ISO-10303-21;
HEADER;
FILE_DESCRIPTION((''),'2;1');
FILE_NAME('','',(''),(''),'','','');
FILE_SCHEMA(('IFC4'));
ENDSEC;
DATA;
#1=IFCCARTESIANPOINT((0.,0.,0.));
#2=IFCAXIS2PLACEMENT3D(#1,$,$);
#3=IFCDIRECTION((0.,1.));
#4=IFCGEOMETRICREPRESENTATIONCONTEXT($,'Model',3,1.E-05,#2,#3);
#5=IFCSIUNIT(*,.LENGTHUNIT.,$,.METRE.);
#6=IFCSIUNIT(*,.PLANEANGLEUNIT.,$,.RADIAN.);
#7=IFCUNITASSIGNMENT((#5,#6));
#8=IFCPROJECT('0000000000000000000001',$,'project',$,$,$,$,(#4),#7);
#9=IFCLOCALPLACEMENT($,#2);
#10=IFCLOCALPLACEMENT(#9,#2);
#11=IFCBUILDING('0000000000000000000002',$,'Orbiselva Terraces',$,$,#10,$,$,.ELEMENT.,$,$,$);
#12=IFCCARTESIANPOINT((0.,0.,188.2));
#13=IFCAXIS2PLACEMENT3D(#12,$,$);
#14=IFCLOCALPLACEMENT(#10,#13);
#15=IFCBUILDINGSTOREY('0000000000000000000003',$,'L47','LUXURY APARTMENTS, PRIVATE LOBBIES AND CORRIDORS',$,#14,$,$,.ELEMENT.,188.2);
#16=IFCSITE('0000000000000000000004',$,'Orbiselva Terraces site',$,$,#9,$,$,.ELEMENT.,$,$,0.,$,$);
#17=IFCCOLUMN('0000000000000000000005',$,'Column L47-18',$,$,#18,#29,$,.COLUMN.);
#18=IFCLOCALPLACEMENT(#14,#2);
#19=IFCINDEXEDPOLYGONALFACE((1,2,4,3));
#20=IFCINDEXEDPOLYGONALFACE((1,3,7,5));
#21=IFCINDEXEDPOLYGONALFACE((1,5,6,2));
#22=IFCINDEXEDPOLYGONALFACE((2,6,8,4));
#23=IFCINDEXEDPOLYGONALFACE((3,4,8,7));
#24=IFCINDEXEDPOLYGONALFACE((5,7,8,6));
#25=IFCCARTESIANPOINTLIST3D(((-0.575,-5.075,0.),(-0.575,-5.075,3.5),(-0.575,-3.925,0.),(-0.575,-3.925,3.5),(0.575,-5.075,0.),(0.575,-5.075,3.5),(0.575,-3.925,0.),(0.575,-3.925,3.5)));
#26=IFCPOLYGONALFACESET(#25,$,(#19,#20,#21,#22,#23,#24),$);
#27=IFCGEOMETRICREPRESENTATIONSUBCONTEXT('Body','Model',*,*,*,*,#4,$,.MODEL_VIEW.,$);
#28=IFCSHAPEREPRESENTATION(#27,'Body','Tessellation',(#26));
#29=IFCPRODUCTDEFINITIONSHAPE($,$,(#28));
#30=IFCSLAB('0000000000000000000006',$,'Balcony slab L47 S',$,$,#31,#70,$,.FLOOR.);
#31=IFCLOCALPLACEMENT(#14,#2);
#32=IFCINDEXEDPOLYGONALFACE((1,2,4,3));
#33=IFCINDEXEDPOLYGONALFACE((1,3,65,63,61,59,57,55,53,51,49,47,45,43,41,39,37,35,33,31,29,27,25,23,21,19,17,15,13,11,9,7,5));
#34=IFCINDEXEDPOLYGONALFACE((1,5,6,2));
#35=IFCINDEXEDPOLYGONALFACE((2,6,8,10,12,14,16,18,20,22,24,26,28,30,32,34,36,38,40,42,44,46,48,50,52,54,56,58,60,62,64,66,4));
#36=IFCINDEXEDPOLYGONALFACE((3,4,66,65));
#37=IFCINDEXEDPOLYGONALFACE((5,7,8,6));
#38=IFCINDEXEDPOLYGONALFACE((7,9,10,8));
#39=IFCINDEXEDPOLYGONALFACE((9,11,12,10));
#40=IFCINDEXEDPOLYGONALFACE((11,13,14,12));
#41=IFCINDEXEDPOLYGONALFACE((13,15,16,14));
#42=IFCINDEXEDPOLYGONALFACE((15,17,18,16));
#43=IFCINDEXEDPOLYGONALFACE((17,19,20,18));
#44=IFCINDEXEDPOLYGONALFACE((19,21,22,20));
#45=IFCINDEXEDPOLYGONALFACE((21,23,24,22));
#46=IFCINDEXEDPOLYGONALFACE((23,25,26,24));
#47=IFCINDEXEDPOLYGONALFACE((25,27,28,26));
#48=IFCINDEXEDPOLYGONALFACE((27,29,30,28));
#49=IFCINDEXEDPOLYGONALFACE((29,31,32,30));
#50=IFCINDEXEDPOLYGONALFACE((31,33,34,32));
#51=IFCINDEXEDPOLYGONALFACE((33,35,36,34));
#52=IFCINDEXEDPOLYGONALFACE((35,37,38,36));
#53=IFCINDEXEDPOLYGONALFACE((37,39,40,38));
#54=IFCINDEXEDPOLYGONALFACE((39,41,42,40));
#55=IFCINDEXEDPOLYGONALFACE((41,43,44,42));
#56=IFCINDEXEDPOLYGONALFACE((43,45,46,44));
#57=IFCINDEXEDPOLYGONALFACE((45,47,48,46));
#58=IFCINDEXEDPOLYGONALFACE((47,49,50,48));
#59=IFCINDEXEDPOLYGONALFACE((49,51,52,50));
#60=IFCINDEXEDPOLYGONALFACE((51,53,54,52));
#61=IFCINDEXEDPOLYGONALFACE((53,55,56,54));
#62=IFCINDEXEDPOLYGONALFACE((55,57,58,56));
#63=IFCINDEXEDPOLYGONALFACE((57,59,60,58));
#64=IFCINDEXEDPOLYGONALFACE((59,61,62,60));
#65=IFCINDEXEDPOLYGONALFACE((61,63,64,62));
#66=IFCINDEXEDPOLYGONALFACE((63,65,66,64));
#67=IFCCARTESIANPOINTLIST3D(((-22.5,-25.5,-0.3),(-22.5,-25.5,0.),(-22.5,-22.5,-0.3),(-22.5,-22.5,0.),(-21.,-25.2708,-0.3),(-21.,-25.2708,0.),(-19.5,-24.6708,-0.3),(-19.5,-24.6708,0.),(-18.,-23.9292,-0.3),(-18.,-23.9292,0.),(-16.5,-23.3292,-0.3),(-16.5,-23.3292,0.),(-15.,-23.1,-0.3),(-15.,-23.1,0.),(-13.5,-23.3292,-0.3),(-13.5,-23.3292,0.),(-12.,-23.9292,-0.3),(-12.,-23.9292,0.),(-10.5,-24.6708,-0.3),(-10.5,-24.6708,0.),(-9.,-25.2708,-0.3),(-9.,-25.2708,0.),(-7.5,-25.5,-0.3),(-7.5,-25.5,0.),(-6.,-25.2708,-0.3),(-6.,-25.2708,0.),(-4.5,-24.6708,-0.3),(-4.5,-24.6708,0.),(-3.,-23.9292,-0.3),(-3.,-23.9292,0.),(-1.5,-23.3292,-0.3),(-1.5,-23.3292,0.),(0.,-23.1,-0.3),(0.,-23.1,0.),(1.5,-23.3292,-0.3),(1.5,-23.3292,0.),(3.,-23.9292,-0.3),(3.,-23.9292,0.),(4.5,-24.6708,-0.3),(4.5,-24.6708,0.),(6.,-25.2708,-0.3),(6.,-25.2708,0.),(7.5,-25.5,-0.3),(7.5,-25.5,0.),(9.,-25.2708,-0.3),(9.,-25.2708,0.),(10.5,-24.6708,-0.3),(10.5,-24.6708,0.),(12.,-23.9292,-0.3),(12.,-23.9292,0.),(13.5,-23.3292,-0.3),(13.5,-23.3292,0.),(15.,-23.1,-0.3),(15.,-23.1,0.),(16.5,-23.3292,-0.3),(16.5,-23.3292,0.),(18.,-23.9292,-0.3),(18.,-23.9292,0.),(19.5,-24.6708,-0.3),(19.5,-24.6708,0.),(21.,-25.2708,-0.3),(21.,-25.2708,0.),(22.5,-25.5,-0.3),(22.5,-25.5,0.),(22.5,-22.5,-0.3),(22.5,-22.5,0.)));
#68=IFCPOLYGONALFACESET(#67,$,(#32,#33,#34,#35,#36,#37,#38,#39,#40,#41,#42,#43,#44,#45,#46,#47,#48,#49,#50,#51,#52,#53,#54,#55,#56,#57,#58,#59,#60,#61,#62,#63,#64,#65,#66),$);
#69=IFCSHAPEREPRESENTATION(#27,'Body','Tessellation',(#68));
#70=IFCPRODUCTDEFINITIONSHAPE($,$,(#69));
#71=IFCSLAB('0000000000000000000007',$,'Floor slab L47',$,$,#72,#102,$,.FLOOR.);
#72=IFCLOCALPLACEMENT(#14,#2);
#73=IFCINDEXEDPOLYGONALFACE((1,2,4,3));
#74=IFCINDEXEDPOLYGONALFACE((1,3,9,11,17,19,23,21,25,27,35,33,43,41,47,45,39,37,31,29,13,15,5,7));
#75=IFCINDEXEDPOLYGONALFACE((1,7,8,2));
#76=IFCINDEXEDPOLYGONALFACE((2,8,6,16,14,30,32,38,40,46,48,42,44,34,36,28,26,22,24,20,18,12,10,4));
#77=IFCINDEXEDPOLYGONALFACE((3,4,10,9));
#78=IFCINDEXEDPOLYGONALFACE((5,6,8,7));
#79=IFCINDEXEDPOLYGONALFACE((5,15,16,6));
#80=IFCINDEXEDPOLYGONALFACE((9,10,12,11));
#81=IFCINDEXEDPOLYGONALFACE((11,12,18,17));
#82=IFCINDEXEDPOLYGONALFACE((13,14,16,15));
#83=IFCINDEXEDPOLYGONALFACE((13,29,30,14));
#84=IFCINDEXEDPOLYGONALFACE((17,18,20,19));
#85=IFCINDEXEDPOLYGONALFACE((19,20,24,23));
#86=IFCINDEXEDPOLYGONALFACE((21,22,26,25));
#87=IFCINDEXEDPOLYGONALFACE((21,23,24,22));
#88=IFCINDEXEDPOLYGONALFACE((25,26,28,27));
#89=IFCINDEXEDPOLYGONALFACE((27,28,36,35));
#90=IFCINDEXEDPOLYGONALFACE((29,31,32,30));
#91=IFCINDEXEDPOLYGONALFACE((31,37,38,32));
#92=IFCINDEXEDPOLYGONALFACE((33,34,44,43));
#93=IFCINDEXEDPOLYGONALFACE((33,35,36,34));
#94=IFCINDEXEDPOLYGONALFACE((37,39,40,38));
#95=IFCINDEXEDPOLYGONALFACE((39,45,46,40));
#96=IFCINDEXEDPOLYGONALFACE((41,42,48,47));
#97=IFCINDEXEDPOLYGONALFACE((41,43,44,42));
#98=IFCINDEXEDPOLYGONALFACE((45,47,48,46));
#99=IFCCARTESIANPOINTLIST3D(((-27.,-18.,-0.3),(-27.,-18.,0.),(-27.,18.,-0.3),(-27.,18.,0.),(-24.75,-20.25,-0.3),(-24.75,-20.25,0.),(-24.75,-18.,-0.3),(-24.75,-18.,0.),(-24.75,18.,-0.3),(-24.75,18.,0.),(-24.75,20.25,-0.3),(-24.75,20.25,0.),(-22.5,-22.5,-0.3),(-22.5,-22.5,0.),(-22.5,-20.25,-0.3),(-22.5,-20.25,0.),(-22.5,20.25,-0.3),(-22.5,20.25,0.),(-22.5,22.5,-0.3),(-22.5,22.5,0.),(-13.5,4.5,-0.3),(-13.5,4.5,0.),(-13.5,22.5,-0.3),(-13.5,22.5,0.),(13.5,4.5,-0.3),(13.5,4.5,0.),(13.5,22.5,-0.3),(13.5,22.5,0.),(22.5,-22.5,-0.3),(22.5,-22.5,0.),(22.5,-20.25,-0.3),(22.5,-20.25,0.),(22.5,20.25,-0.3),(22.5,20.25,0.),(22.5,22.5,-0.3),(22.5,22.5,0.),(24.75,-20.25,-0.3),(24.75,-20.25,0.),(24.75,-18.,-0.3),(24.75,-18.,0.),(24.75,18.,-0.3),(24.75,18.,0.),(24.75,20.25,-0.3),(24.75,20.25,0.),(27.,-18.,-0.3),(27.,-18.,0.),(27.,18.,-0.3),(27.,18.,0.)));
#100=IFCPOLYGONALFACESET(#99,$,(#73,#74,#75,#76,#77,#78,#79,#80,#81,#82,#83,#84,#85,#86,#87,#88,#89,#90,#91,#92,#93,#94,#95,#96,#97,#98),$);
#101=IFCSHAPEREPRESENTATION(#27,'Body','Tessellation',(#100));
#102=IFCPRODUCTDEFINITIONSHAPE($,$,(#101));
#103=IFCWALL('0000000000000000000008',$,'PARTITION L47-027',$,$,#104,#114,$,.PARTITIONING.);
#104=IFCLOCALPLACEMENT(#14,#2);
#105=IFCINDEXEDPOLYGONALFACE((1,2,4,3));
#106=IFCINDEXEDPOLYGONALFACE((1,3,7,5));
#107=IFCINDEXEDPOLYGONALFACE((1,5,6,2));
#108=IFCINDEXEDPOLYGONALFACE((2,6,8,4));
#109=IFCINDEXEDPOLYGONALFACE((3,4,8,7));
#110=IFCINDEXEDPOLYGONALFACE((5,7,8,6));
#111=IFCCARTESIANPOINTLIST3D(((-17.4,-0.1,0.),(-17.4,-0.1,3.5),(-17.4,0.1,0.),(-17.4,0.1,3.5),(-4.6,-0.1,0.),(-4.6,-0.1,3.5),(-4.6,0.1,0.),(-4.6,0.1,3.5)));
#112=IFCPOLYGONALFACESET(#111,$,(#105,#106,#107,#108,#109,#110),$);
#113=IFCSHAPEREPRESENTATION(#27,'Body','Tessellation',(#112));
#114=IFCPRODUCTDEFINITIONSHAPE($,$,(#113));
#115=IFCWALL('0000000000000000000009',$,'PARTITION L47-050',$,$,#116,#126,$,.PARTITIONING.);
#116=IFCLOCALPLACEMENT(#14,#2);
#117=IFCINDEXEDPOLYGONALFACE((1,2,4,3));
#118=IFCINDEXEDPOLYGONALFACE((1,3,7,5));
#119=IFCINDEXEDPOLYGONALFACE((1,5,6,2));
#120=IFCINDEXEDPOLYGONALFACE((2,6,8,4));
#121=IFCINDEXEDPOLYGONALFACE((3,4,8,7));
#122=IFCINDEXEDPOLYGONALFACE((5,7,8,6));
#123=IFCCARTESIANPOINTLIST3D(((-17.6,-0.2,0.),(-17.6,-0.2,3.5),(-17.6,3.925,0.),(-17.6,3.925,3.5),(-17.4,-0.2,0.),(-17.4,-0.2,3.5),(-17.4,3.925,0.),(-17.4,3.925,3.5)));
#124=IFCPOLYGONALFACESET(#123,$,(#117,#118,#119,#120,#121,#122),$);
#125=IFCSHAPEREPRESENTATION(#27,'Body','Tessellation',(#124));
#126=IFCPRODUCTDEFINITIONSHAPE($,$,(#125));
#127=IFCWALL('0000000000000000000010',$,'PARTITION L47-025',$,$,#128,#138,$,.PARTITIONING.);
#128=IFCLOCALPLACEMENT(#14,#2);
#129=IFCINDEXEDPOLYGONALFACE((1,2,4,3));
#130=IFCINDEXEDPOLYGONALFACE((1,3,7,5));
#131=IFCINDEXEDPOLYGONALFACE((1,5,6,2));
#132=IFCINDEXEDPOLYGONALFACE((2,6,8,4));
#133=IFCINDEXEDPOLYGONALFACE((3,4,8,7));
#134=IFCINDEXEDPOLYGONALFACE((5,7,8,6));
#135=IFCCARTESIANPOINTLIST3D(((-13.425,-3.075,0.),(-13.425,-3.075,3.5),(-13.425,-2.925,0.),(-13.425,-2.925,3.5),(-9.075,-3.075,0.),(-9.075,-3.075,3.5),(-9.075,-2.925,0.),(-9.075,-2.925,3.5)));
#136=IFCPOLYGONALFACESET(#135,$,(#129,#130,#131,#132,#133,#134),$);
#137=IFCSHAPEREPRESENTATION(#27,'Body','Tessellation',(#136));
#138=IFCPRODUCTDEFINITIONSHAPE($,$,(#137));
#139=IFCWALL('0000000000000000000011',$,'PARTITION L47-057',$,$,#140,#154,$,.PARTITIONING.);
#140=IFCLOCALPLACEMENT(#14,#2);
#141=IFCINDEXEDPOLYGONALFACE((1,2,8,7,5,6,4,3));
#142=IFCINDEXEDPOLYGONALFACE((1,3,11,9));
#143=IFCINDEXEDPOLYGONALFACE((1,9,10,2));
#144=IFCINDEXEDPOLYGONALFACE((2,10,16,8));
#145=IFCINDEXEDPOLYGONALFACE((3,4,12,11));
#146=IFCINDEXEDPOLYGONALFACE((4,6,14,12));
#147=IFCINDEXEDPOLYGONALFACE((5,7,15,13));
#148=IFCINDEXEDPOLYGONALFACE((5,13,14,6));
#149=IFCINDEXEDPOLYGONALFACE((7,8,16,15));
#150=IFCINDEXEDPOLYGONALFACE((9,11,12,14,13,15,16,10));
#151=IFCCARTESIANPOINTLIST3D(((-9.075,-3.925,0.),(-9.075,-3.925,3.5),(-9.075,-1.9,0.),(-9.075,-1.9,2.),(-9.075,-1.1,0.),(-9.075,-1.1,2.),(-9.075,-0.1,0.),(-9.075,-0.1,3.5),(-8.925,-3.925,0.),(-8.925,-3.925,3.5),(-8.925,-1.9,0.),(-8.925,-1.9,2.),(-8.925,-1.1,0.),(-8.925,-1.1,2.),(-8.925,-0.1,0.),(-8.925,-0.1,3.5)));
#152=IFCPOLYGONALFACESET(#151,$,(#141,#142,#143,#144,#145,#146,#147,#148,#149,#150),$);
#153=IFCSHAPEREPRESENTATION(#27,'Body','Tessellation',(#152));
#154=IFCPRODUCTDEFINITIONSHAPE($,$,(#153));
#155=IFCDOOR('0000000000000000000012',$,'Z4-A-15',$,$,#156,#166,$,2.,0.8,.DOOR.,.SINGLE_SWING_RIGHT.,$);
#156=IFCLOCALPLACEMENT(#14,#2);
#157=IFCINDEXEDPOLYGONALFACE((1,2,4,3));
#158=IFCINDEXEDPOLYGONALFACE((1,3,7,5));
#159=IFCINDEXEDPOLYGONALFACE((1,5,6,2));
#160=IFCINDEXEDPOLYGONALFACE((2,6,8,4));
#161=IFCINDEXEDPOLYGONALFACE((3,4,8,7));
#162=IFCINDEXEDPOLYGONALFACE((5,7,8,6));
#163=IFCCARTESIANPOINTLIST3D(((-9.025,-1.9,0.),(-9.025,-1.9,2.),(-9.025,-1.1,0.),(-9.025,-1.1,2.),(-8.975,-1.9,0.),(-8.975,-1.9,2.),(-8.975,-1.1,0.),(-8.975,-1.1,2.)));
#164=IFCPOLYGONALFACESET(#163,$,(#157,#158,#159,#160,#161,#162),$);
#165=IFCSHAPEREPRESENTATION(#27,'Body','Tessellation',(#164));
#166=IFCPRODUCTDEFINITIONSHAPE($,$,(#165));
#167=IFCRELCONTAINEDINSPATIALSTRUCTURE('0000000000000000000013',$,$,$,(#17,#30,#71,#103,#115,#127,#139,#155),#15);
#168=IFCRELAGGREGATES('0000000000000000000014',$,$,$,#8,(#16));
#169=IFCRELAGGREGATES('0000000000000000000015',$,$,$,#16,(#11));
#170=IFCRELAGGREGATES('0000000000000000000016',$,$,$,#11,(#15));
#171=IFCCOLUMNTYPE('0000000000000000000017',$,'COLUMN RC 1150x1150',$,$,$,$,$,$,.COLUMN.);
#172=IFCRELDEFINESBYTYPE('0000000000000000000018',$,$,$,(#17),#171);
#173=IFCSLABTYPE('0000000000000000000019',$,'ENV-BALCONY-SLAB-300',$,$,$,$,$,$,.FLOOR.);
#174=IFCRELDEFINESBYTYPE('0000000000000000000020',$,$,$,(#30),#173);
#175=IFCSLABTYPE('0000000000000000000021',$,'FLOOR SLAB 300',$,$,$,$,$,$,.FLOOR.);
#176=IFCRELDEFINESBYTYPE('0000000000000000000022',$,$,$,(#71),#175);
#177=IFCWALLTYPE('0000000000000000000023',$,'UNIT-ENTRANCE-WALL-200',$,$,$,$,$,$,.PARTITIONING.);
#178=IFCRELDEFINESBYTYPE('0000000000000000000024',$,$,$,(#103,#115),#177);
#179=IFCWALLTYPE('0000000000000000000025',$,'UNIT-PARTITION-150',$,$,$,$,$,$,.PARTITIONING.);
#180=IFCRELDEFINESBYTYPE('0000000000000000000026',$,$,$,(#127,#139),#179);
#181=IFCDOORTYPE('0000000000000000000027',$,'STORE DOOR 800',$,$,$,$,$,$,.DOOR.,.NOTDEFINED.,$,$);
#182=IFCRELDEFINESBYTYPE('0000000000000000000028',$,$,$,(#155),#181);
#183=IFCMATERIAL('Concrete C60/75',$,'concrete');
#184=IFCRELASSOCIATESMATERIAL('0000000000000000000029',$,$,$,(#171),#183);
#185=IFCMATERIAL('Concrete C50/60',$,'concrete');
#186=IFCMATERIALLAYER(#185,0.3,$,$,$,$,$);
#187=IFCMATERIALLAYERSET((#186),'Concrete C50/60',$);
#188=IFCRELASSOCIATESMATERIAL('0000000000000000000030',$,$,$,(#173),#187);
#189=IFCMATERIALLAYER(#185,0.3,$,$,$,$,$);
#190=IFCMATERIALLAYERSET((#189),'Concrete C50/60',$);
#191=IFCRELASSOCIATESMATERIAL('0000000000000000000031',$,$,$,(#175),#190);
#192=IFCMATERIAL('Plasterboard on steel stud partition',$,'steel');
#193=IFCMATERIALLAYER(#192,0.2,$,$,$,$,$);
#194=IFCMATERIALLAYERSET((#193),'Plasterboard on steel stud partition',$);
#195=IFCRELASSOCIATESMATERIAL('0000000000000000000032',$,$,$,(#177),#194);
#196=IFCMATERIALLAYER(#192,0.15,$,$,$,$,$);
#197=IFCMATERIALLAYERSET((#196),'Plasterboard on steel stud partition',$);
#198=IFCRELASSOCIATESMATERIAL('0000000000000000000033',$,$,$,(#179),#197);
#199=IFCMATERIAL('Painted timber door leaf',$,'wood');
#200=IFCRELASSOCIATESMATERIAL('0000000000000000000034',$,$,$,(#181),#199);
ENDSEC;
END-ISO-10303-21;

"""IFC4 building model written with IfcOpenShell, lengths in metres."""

from ifc_helpers import new_model, si_unit, direction, frame, frame_2d, origin, origin_2d, place, context, subcontext, project, spatial, polyline, rectangle, outline, extrude, material, layer, layer_set, material_profile, profile_set, type_object, element, fill, save


model = new_model("IFC4")

# Units and contexts
model_context = context("Model", 3, precision=1e-05, world=origin(), true_north=direction((0.0, 1.0)))
body_context = subcontext(model_context, "Body", "Model", "MODEL_VIEW")
ifc_project = project(units=[si_unit("LENGTHUNIT", "METRE"), si_unit("PLANEANGLEUNIT", "RADIAN")], contexts=[model_context])

# Site, building, storey
site_placement = place(None, origin())
site = spatial("IfcSite", under=ifc_project, at=site_placement, Name="Orbiselva Terraces site", CompositionType="ELEMENT", RefElevation=0.0)
building_placement = place(site_placement, origin())
building = spatial("IfcBuilding", under=site, at=building_placement, Name="Orbiselva Terraces", CompositionType="ELEMENT")
storey_placement = place(building_placement, frame((0.0, 0.0, 188.2)))
storey = spatial("IfcBuildingStorey", under=building, at=storey_placement, Name="L47", Description="LUXURY APARTMENTS, PRIVATE LOBBIES AND CORRIDORS", CompositionType="ELEMENT", Elevation=188.2)

# Column
ifc_material_1 = material(Name="Concrete C60/75", Category="concrete")
ifc_material_profile = material_profile(ifc_material_1, rectangle(XDim=1.15, YDim=1.15, at=origin_2d()), Name="RC 1150x1150")
ifc_profile_set = profile_set([ifc_material_profile], Name="Concrete C60/75")
column_type = type_object("IfcColumnType", Name="COLUMN RC 1150x1150", PredefinedType="COLUMN", material=ifc_profile_set)
column_placement = place(storey_placement, frame((0.0, -4.5, 0.0), z_axis=(0.0, 0.0, 1.0), x_axis=(1.0, 0.0, 0.0)))
element("IfcColumn", 1, at=column_placement, inside=storey, type_object=column_type, Name="Column L47-18", PredefinedType="COLUMN", context=body_context, shape_type="SweptSolid", body=[
    extrude(rectangle(XDim=1.15, YDim=1.15, at=origin_2d()), origin(), (0.0, 0.0, 1.0), 3.5),
])

# Slabs
ifc_material_2 = material(Name="Concrete C50/60", Category="concrete")
ifc_layer_1 = layer(ifc_material_2, 0.3)
ifc_layer_set_1 = layer_set([ifc_layer_1], Name="Concrete C50/60")
slab_type_1 = type_object("IfcSlabType", Name="ENV-BALCONY-SLAB-300", PredefinedType="FLOOR", material=ifc_layer_set_1)
slab_1_placement = place(storey_placement, frame((0.0, 0.0, -0.3)))
element("IfcSlab", 2, at=slab_1_placement, inside=storey, type_object=slab_type_1, Name="Balcony slab L47 S", PredefinedType="FLOOR", context=body_context, shape_type="SweptSolid", body=[
    extrude(outline(polyline([(-22.5, -25.5), (-21.0, -25.2708), (-19.5, -24.6708), (-18.0, -23.9292), (-16.5, -23.3292), (-15.0, -23.1), (-13.5, -23.3292), (-12.0, -23.9292), (-10.5, -24.6708), (-9.0, -25.2708), (-7.5, -25.5), (-6.0, -25.2708), (-4.5, -24.6708), (-3.0, -23.9292), (-1.5, -23.3292), (0.0, -23.1), (1.5, -23.3292), (3.0, -23.9292), (4.5, -24.6708), (6.0, -25.2708), (7.5, -25.5), (9.0, -25.2708), (10.5, -24.6708), (12.0, -23.9292), (13.5, -23.3292), (15.0, -23.1), (16.5, -23.3292), (18.0, -23.9292), (19.5, -24.6708), (21.0, -25.2708), (22.5, -25.5), (22.5, -22.5), (-22.5, -22.5), (-22.5, -25.5)])), origin(), (0.0, 0.0, 1.0), 0.3),
])
ifc_layer_2 = layer(ifc_material_2, 0.3)
ifc_layer_set_2 = layer_set([ifc_layer_2], Name="Concrete C50/60")
slab_type_2 = type_object("IfcSlabType", Name="FLOOR SLAB 300", PredefinedType="FLOOR", material=ifc_layer_set_2)
slab_2_placement = place(storey_placement, frame((0.0, 0.0, -0.3)))
element("IfcSlab", 3, at=slab_2_placement, inside=storey, type_object=slab_type_2, Name="Floor slab L47", PredefinedType="FLOOR", context=body_context, shape_type="SweptSolid", body=[
    extrude(outline(polyline([(22.5, 22.5), (22.5, 20.25), (24.75, 20.25), (24.75, 18.0), (27.0, 18.0), (27.0, -18.0), (24.75, -18.0), (24.75, -20.25), (22.5, -20.25), (22.5, -22.5), (-22.5, -22.5), (-22.5, -20.25), (-24.75, -20.25), (-24.75, -18.0), (-27.0, -18.0), (-27.0, 18.0), (-24.75, 18.0), (-24.75, 20.25), (-22.5, 20.25), (-22.5, 22.5), (-13.5, 22.5), (-13.5, 4.5), (13.5, 4.5), (13.5, 22.5), (22.5, 22.5)])), origin(), (0.0, 0.0, 1.0), 0.3),
])

# Walls
ifc_material_3 = material(Name="Plasterboard on steel stud partition", Category="steel")
ifc_layer_3 = layer(ifc_material_3, 0.2)
ifc_layer_set_3 = layer_set([ifc_layer_3], Name="Plasterboard on steel stud partition")
wall_type_1 = type_object("IfcWallType", Name="UNIT-ENTRANCE-WALL-200", PredefinedType="PARTITIONING", material=ifc_layer_set_3)
wall_1_placement = place(storey_placement, frame((-17.4, 0.0, 0.0), z_axis=(0.0, 0.0, 1.0), x_axis=(1.0, 0.0, 0.0)))
element("IfcWall", 4, at=wall_1_placement, inside=storey, type_object=wall_type_1, Name="PARTITION L47-027", PredefinedType="PARTITIONING", context=body_context, shape_type="SweptSolid", body=[
    extrude(rectangle(XDim=12.8, YDim=0.2, at=frame_2d((6.4, 0.0))), origin(), (0.0, 0.0, 1.0), 3.5),
])
wall_2_placement = place(storey_placement, frame((-17.5, -0.2, 0.0), z_axis=(0.0, 0.0, 1.0), x_axis=(0.0, 1.0, 0.0)))
element("IfcWall", 5, at=wall_2_placement, inside=storey, type_object=wall_type_1, Name="PARTITION L47-050", PredefinedType="PARTITIONING", context=body_context, shape_type="SweptSolid", body=[
    extrude(rectangle(XDim=4.125, YDim=0.2, at=frame_2d((2.0625, 0.0))), origin(), (0.0, 0.0, 1.0), 3.5),
])
ifc_layer_4 = layer(ifc_material_3, 0.15)
ifc_layer_set_4 = layer_set([ifc_layer_4], Name="Plasterboard on steel stud partition")
wall_type_2 = type_object("IfcWallType", Name="UNIT-PARTITION-150", PredefinedType="PARTITIONING", material=ifc_layer_set_4)
wall_3_placement = place(storey_placement, frame((-13.425, -3.0, 0.0), z_axis=(0.0, 0.0, 1.0), x_axis=(1.0, 0.0, 0.0)))
element("IfcWall", 6, at=wall_3_placement, inside=storey, type_object=wall_type_2, Name="PARTITION L47-025", PredefinedType="PARTITIONING", context=body_context, shape_type="SweptSolid", body=[
    extrude(rectangle(XDim=4.35, YDim=0.15, at=frame_2d((2.175, 0.0))), origin(), (0.0, 0.0, 1.0), 3.5),
])

# Wall, opening, door
wall_4_placement = place(storey_placement, frame((-9.0, -3.925, 0.0), z_axis=(0.0, 0.0, 1.0), x_axis=(0.0, 1.0, 0.0)))
wall_4 = element("IfcWall", 7, at=wall_4_placement, inside=storey, type_object=wall_type_2, Name="PARTITION L47-057", PredefinedType="PARTITIONING", context=body_context, shape_type="SweptSolid", body=[
    extrude(rectangle(XDim=3.825, YDim=0.15, at=frame_2d((1.9125, 0.0))), origin(), (0.0, 0.0, 1.0), 3.5),
])
opening_placement = place(wall_4_placement, frame((2.025, 0.0, 0.0)))
opening = element("IfcOpeningElement", 8, at=opening_placement, cuts=wall_4, PredefinedType="OPENING", context=body_context, shape_type="SweptSolid", body=[
    extrude(rectangle(XDim=0.8, YDim=2.0, at=frame_2d((0.4, 1.0))), frame((0.0, 0.085, 0.0), z_axis=(0.0, -1.0, 0.0), x_axis=(1.0, 0.0, 0.0)), (0.0, 0.0, 1.0), 0.17),
])
ifc_material_4 = material(Name="Painted timber door leaf", Category="wood")
door_type = type_object("IfcDoorType", Name="STORE DOOR 800", OperationType="NOTDEFINED", PredefinedType="DOOR", material=ifc_material_4)
door_placement = place(opening_placement, origin())
door = element("IfcDoor", 9, at=door_placement, inside=storey, type_object=door_type, Name="Z4-A-15", OperationType="SINGLE_SWING_RIGHT", OverallHeight=2.0, OverallWidth=0.8, PredefinedType="DOOR", context=body_context, shape_type="SweptSolid", body=[
    extrude(rectangle(XDim=0.8, YDim=2.0, at=frame_2d((0.4, 1.0))), frame((0.0, 0.025, 0.0), z_axis=(0.0, -1.0, 0.0), x_axis=(1.0, 0.0, 0.0)), (0.0, 0.0, 1.0), 0.05),
])
fill(opening, door)

save(model, "model.ifc")
